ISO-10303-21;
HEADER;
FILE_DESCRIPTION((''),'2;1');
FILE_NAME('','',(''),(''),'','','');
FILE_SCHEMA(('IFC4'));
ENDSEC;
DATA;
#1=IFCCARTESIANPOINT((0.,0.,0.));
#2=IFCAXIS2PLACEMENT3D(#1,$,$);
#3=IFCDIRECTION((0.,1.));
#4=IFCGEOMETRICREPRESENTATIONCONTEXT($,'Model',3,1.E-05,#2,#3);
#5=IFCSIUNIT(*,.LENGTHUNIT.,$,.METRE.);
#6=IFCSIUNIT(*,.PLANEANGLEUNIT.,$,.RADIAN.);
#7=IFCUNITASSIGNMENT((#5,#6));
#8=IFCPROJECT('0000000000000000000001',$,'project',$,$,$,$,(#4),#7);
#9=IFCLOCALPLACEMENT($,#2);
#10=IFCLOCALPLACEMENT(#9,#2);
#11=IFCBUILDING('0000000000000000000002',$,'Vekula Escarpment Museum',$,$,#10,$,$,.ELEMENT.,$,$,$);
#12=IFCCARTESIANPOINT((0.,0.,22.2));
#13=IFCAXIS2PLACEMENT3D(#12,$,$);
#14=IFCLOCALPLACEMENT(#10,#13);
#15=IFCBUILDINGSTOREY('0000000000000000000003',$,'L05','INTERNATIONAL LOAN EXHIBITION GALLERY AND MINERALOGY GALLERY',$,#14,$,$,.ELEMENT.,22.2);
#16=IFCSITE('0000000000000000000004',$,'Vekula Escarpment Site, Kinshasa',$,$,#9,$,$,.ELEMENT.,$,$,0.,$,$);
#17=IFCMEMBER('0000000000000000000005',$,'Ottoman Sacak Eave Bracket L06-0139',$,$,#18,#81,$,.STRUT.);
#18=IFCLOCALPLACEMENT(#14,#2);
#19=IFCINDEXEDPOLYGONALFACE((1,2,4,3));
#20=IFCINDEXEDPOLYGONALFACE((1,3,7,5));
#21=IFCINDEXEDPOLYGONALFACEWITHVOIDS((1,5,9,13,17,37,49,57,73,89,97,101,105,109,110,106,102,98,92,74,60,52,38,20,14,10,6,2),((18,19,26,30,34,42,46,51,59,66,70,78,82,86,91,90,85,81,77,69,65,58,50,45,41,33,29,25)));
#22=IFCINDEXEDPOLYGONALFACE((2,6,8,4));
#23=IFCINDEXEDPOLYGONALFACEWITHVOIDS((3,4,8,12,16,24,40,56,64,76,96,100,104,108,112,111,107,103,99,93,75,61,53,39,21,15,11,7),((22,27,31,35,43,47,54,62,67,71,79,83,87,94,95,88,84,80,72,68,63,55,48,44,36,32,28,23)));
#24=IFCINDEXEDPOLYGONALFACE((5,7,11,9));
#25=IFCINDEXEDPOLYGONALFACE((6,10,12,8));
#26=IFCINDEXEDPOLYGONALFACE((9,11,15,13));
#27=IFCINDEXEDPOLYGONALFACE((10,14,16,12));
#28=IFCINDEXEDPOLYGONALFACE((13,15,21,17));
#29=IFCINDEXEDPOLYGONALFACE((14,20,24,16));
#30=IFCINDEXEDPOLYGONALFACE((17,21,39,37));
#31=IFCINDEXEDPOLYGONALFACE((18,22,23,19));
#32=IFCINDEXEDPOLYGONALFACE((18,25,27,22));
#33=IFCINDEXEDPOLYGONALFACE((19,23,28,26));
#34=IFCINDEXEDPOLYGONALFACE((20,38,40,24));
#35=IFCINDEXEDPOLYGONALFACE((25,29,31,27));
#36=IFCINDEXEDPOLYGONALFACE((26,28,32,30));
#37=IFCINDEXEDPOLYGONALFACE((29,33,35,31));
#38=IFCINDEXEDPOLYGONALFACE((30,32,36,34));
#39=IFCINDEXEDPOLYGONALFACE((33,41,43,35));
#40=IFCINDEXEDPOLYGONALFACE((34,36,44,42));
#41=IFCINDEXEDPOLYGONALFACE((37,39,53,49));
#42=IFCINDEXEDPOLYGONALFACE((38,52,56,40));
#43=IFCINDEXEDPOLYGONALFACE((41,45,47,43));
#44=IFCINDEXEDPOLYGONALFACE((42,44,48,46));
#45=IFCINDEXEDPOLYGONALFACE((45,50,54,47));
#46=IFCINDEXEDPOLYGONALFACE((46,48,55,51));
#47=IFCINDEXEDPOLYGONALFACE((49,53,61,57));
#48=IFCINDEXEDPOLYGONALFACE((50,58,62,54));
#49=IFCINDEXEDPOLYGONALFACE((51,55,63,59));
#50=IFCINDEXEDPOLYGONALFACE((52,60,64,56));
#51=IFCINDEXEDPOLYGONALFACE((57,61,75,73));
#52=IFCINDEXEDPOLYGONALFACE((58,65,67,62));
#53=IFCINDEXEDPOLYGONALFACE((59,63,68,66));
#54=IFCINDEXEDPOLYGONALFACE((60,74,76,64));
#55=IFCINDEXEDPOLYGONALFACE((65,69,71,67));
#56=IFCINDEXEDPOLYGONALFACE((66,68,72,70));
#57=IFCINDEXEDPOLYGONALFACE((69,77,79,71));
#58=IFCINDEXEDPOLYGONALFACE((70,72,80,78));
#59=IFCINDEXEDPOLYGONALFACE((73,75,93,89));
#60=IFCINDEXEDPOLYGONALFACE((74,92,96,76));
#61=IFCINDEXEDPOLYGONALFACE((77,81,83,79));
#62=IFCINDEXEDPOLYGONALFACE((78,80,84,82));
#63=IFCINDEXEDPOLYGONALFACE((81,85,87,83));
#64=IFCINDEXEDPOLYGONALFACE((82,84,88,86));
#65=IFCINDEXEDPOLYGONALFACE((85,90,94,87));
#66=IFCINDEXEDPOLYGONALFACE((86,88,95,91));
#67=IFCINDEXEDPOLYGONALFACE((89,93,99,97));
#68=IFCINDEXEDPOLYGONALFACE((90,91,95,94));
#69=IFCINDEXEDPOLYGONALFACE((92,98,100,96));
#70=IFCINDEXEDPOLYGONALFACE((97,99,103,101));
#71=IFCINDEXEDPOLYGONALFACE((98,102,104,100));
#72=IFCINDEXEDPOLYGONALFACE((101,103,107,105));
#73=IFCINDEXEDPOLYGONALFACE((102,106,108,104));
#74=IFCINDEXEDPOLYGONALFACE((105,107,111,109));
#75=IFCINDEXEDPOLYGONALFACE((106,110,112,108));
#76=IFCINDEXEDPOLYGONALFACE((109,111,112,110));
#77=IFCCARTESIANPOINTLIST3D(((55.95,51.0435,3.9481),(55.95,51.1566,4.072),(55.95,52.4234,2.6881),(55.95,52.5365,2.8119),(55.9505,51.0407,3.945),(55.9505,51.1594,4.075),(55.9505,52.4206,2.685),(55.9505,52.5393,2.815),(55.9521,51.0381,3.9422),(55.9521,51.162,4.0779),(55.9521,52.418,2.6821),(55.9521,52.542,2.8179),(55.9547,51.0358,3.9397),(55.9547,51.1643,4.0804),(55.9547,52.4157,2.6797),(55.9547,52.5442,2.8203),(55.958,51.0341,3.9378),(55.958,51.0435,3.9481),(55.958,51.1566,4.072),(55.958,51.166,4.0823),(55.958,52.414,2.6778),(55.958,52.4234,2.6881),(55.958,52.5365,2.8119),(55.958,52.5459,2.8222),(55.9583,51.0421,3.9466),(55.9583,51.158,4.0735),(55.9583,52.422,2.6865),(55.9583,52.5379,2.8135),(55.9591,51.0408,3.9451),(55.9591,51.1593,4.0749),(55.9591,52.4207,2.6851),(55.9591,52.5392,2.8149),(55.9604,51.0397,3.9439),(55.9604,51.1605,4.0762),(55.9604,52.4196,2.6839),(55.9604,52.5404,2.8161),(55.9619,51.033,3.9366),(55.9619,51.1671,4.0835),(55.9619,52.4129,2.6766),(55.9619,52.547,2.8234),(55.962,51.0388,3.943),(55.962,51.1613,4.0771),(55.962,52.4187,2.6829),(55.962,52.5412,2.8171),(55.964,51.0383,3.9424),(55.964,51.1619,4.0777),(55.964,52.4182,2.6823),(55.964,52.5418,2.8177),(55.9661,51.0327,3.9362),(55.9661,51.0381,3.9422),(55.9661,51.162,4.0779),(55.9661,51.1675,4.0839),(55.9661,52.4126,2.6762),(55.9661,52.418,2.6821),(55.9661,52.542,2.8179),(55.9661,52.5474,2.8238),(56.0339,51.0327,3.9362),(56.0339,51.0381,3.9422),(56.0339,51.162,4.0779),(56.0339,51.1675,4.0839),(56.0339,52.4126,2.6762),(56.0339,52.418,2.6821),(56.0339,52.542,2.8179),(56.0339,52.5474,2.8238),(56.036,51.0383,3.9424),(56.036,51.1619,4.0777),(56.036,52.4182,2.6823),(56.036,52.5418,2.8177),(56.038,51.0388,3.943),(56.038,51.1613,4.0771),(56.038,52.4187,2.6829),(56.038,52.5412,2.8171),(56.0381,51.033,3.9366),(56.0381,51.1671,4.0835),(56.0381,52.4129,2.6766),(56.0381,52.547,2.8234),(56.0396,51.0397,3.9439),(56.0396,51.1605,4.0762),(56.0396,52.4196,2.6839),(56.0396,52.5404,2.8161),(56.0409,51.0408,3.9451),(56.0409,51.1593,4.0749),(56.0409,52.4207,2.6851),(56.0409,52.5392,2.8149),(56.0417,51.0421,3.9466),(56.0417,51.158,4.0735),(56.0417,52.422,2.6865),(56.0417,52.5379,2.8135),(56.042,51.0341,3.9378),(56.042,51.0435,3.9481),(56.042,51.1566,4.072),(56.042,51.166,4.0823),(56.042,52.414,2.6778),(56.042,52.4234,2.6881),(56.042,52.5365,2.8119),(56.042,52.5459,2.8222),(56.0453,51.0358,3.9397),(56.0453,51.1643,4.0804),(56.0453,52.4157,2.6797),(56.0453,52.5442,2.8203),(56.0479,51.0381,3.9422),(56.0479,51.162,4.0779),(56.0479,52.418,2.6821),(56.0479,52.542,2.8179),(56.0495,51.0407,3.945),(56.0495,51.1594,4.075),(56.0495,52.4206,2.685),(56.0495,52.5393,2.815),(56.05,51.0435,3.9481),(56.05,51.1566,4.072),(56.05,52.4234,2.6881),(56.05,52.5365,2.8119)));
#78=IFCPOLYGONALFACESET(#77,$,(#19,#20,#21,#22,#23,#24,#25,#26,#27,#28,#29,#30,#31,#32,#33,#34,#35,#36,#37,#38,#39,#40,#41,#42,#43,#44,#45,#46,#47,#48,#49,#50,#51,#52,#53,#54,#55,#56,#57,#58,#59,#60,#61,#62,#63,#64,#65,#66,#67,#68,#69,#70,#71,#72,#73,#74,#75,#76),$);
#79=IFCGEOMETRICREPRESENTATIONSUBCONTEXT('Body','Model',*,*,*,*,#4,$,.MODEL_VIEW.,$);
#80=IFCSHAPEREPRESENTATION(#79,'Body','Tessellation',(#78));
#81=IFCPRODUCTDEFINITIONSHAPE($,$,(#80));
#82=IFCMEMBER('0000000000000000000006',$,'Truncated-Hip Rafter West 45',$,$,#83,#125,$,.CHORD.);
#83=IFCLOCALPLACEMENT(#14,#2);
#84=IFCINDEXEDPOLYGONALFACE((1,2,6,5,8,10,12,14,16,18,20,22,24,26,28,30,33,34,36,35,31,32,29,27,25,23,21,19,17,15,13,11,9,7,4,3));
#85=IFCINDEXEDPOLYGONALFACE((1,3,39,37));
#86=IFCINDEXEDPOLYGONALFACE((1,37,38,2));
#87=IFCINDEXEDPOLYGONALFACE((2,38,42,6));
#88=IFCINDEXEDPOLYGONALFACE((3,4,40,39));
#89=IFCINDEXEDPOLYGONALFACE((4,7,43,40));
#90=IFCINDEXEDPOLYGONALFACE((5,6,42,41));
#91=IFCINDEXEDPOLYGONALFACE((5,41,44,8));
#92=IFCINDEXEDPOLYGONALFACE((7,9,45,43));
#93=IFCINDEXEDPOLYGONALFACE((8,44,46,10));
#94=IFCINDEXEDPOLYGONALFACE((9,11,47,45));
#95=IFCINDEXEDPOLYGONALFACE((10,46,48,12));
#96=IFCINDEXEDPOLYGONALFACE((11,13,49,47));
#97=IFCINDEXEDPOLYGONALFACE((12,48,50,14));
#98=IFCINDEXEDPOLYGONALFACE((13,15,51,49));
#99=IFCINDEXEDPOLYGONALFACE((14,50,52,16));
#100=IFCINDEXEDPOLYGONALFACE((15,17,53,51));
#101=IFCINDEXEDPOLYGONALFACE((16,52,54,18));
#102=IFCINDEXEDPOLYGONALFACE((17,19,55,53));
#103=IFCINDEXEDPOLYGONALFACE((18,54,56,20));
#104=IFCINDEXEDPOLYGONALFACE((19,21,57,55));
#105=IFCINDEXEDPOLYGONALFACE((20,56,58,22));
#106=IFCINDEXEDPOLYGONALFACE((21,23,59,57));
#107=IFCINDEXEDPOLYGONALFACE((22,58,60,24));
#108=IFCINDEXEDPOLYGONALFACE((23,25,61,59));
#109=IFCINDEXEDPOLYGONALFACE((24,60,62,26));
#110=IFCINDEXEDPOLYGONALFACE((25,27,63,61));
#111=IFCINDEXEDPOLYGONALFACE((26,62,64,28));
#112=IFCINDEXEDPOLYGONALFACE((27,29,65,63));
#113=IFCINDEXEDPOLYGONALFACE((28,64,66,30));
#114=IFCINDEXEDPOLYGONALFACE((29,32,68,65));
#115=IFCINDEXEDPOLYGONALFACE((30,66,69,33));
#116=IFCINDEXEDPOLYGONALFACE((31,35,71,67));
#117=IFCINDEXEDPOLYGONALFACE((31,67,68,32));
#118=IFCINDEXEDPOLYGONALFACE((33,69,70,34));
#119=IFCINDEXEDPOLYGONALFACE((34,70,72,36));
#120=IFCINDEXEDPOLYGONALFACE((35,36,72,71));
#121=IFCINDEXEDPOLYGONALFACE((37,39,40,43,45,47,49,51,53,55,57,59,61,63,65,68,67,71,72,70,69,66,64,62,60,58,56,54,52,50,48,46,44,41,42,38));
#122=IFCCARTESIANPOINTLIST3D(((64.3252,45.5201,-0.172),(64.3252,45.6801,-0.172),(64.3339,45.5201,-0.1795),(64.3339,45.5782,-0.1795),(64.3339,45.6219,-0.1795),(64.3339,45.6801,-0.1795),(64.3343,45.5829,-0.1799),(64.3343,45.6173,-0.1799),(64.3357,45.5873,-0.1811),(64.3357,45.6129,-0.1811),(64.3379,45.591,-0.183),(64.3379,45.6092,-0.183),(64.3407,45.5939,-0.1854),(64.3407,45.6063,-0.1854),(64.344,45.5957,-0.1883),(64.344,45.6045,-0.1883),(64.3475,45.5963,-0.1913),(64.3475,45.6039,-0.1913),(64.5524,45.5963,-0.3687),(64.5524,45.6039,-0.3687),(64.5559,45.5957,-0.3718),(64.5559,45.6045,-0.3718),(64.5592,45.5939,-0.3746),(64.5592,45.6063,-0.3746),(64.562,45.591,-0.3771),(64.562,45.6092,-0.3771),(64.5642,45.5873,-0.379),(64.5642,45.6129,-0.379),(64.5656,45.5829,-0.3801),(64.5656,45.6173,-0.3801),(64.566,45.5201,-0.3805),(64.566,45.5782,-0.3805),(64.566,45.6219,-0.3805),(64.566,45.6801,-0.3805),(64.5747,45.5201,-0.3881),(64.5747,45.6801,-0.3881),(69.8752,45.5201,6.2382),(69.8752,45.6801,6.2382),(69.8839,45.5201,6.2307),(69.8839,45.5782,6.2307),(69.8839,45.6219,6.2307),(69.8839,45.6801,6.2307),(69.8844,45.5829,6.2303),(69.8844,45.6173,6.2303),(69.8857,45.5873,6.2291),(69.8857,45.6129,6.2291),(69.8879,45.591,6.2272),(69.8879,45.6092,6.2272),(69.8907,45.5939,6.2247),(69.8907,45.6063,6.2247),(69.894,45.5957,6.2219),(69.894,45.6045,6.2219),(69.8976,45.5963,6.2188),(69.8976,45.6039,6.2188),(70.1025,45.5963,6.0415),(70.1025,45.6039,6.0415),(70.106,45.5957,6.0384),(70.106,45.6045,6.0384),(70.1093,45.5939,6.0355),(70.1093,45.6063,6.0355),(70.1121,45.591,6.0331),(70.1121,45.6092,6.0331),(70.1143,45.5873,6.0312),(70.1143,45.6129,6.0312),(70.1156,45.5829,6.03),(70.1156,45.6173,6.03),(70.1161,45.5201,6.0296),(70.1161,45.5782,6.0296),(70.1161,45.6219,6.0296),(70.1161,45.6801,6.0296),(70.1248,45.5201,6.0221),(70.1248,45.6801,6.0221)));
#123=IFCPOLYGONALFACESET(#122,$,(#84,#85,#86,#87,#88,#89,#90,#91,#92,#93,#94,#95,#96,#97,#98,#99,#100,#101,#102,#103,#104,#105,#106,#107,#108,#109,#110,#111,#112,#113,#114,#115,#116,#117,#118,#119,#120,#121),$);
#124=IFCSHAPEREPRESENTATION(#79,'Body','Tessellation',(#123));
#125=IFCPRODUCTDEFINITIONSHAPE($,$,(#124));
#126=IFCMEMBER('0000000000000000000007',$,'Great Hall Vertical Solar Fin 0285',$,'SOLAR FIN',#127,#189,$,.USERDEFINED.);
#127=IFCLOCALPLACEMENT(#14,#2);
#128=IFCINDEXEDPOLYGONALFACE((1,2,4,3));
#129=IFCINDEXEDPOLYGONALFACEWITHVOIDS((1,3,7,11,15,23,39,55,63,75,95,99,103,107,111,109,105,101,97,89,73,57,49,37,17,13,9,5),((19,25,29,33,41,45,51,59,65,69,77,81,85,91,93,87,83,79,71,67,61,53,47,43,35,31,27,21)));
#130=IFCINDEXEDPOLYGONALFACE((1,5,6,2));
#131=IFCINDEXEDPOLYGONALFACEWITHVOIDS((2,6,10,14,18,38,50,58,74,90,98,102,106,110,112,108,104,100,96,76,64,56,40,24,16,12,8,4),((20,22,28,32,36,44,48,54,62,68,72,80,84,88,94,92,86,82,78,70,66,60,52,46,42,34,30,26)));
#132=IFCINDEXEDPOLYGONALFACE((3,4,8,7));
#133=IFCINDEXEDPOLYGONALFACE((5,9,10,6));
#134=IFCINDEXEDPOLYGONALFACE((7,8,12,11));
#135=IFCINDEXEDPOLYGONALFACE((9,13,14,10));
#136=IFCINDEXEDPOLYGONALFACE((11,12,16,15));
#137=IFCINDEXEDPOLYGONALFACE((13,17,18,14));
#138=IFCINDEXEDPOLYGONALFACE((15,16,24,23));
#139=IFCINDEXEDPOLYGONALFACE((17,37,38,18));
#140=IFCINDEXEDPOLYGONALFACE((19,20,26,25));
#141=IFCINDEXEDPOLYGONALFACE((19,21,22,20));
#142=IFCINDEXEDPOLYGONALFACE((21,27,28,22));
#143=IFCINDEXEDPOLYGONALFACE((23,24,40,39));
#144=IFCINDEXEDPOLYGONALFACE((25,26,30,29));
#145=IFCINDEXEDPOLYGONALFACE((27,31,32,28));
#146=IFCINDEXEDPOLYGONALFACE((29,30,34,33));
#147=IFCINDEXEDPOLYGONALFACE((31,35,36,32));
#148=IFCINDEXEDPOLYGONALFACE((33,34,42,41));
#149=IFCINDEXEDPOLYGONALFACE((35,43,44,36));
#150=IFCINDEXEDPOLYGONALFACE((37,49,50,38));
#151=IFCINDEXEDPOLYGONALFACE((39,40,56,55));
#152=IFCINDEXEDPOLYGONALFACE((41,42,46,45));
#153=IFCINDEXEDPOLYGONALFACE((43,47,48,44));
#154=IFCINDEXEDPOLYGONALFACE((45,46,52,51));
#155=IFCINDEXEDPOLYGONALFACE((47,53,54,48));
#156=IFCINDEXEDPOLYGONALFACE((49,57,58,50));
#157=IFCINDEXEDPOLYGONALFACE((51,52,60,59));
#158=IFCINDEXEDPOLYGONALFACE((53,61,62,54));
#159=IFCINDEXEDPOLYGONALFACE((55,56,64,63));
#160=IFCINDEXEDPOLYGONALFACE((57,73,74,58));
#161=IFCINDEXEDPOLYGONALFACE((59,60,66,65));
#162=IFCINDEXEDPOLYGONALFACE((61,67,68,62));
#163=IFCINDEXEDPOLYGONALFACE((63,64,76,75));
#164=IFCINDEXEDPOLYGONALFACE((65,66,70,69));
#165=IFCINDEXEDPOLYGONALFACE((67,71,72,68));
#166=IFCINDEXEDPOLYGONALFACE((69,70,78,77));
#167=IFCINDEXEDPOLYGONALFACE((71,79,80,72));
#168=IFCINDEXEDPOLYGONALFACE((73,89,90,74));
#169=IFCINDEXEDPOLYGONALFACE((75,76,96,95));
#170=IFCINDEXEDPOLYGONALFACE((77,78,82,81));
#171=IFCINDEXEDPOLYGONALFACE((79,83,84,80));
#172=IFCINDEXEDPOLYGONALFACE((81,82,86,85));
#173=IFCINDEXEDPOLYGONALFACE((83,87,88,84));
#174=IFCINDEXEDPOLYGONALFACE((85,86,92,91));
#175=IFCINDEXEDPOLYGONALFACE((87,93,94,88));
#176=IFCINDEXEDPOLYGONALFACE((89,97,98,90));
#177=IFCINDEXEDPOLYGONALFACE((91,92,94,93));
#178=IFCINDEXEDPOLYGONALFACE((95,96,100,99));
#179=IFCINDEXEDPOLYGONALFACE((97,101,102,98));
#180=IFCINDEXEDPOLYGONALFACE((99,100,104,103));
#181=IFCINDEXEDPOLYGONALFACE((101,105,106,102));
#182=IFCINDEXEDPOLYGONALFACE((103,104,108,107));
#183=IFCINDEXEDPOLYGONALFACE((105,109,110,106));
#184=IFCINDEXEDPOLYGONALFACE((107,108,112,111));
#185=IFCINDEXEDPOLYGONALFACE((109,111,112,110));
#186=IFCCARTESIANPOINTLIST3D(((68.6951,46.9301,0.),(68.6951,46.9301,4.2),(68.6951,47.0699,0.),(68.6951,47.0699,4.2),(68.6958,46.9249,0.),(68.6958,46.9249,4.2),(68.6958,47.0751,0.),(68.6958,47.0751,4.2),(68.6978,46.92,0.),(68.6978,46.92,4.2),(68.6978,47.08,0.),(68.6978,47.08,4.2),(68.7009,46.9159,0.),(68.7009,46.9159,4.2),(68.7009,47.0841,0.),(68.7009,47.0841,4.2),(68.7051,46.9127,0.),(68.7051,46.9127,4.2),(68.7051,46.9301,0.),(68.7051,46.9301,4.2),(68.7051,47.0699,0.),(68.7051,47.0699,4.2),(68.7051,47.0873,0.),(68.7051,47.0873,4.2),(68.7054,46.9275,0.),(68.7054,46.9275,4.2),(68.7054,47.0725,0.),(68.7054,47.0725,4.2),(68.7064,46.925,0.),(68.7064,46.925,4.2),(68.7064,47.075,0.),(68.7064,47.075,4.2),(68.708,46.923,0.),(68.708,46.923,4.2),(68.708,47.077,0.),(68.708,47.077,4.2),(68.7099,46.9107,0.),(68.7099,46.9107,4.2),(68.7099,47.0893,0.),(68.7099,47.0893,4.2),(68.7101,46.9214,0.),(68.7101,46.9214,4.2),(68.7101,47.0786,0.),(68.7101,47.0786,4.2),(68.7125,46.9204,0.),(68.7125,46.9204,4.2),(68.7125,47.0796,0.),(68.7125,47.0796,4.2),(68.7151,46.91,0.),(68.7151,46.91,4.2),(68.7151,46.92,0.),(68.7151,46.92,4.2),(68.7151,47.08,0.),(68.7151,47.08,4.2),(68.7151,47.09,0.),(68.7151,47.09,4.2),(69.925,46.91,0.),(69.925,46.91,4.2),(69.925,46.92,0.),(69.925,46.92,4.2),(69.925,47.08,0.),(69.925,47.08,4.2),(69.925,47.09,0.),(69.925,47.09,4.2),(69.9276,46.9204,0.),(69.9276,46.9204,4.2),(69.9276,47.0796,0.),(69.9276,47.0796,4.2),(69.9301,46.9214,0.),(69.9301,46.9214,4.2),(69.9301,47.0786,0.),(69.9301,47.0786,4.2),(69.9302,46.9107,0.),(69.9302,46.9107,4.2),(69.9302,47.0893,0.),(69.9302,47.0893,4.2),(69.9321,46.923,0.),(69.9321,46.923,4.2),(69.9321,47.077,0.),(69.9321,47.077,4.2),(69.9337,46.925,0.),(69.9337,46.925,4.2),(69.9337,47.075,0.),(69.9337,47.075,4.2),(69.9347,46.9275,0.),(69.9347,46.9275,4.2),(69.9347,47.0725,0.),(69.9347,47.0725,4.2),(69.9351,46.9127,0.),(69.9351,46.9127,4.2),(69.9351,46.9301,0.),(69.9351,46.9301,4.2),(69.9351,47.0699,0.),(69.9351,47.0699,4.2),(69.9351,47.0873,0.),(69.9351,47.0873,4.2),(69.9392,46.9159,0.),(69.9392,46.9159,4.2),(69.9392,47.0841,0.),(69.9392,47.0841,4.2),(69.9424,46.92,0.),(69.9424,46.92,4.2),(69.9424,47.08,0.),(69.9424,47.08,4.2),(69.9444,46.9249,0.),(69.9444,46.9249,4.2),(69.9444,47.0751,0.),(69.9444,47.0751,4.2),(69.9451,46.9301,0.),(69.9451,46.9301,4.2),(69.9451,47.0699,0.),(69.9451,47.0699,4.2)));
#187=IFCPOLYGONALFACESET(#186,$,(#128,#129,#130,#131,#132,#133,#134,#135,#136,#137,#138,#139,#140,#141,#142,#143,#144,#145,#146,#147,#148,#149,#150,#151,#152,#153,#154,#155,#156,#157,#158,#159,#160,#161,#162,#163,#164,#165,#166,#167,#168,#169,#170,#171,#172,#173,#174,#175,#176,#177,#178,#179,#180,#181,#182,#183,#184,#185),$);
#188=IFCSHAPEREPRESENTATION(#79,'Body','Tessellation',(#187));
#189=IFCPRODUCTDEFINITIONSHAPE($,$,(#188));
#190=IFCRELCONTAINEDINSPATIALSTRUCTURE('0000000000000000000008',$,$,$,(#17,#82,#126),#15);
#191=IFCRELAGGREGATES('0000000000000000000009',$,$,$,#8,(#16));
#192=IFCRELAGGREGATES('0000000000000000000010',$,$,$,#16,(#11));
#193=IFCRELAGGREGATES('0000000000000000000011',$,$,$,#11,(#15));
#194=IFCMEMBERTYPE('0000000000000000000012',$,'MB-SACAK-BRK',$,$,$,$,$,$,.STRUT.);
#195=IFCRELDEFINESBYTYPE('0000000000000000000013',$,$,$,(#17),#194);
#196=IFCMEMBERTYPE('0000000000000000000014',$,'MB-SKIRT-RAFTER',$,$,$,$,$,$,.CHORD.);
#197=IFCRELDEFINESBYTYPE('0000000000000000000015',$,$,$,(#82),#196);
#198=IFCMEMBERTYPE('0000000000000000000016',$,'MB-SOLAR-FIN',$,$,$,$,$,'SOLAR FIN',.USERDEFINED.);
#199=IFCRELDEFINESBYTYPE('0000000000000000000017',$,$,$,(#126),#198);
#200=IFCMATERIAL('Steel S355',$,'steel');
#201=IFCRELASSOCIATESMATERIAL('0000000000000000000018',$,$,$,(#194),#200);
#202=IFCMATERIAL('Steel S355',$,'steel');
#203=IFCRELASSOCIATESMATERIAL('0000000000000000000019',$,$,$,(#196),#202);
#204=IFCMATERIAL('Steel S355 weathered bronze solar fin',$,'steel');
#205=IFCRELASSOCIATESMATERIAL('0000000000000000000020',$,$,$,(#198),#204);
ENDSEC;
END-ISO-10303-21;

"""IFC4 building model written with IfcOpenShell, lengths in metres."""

from ifc_helpers import new_model, si_unit, direction, frame, origin, origin_2d, place, context, subcontext, project, spatial, hollow_rectangle, i_section, extrude, material, material_profile, profile_set, type_object, element, save


model = new_model("IFC4")

# Units and contexts
model_context = context("Model", 3, precision=1e-05, world=origin(), true_north=direction((0.0, 1.0)))
body_context = subcontext(model_context, "Body", "Model", "MODEL_VIEW")
ifc_project = project(units=[si_unit("LENGTHUNIT", "METRE"), si_unit("PLANEANGLEUNIT", "RADIAN")], contexts=[model_context])

# Site, building, storey
site_placement = place(None, origin())
site = spatial("IfcSite", under=ifc_project, at=site_placement, Name="Vekula Escarpment Site, Kinshasa", CompositionType="ELEMENT", RefElevation=0.0)
building_placement = place(site_placement, origin())
building = spatial("IfcBuilding", under=site, at=building_placement, Name="Vekula Escarpment Museum", CompositionType="ELEMENT")
storey_placement = place(building_placement, frame((0.0, 0.0, 22.2)))
storey = spatial("IfcBuildingStorey", under=building, at=storey_placement, Name="L05", Description="INTERNATIONAL LOAN EXHIBITION GALLERY AND MINERALOGY GALLERY", CompositionType="ELEMENT", Elevation=22.2)

# Members
ifc_material_1 = material(Name="Steel S355", Category="steel")
ifc_material_profile_1 = material_profile(ifc_material_1, hollow_rectangle(XDim=0.1001, YDim=0.2, WallThickness=0.0081, InnerFilletRadius=0.0081, OuterFilletRadius=0.0161, at=origin_2d()), Name="RHS 200x100x8")
ifc_profile_set_1 = profile_set([ifc_material_profile_1], Name="Steel S355")
member_type_1 = type_object("IfcMemberType", Name="MB-SACAK-BRK", PredefinedType="STRUT", material=ifc_profile_set_1)
member_1_placement = place(storey_placement, frame((56.0, 52.48, 2.75), z_axis=(0.0, -0.738454, 0.674303), x_axis=(1.0, 0.0, 0.0)))
element("IfcMember", 1, at=member_1_placement, inside=storey, type_object=member_type_1, Name="Ottoman Sacak Eave Bracket L06-0139", PredefinedType="STRUT", context=body_context, shape_type="SweptSolid", body=[
    extrude(hollow_rectangle(XDim=0.1001, YDim=0.2, WallThickness=0.0081, InnerFilletRadius=0.0081, OuterFilletRadius=0.0161, at=origin_2d()), origin(), (0.0, 0.0, 1.0), 1.8687),
])
ifc_material_2 = material(Name="Steel S355", Category="steel")
ifc_material_profile_2 = material_profile(ifc_material_2, i_section(OverallWidth=0.1599, OverallDepth=0.3301, WebThickness=0.0076, FlangeThickness=0.0115, FilletRadius=0.0181, at=origin_2d()), Name="IPE 330")
ifc_profile_set_2 = profile_set([ifc_material_profile_2], Name="Steel S355")
member_type_2 = type_object("IfcMemberType", Name="MB-SKIRT-RAFTER", PredefinedType="CHORD", material=ifc_profile_set_2)
member_2_placement = place(storey_placement, frame((64.45, 45.6001, -0.28), z_axis=(0.654565, 0.0, 0.756005), x_axis=(0.0, 1.0, 0.0)))
element("IfcMember", 2, at=member_2_placement, inside=storey, type_object=member_type_2, Name="Truncated-Hip Rafter West 45", PredefinedType="CHORD", context=body_context, shape_type="SweptSolid", body=[
    extrude(i_section(OverallWidth=0.1599, OverallDepth=0.3301, WebThickness=0.0076, FlangeThickness=0.0115, FilletRadius=0.0181, at=origin_2d()), origin(), (0.0, 0.0, 1.0), 8.479),
])
ifc_material_3 = material(Name="Steel S355 weathered bronze solar fin", Category="steel")
ifc_material_profile_3 = material_profile(ifc_material_3, hollow_rectangle(XDim=0.1799, YDim=1.25, WallThickness=0.01, InnerFilletRadius=0.01, OuterFilletRadius=0.02, at=origin_2d()), Name="RHS 1250x180x10")
ifc_profile_set_3 = profile_set([ifc_material_profile_3], Name="Steel S355 weathered bronze solar fin")
member_type_3 = type_object("IfcMemberType", Name="MB-SOLAR-FIN", ElementType="SOLAR FIN", PredefinedType="USERDEFINED", material=ifc_profile_set_3)
member_3_placement = place(storey_placement, frame((69.3201, 47.0, 0.0), z_axis=(0.0, 0.0, 1.0), x_axis=(0.0, 1.0, 0.0)))
element("IfcMember", 3, at=member_3_placement, inside=storey, type_object=member_type_3, Name="Great Hall Vertical Solar Fin 0285", ObjectType="SOLAR FIN", PredefinedType="USERDEFINED", context=body_context, shape_type="SweptSolid", body=[
    extrude(hollow_rectangle(XDim=0.1799, YDim=1.25, WallThickness=0.01, InnerFilletRadius=0.01, OuterFilletRadius=0.02, at=origin_2d()), origin(), (0.0, 0.0, 1.0), 4.2),
])

save(model, "model.ifc")
